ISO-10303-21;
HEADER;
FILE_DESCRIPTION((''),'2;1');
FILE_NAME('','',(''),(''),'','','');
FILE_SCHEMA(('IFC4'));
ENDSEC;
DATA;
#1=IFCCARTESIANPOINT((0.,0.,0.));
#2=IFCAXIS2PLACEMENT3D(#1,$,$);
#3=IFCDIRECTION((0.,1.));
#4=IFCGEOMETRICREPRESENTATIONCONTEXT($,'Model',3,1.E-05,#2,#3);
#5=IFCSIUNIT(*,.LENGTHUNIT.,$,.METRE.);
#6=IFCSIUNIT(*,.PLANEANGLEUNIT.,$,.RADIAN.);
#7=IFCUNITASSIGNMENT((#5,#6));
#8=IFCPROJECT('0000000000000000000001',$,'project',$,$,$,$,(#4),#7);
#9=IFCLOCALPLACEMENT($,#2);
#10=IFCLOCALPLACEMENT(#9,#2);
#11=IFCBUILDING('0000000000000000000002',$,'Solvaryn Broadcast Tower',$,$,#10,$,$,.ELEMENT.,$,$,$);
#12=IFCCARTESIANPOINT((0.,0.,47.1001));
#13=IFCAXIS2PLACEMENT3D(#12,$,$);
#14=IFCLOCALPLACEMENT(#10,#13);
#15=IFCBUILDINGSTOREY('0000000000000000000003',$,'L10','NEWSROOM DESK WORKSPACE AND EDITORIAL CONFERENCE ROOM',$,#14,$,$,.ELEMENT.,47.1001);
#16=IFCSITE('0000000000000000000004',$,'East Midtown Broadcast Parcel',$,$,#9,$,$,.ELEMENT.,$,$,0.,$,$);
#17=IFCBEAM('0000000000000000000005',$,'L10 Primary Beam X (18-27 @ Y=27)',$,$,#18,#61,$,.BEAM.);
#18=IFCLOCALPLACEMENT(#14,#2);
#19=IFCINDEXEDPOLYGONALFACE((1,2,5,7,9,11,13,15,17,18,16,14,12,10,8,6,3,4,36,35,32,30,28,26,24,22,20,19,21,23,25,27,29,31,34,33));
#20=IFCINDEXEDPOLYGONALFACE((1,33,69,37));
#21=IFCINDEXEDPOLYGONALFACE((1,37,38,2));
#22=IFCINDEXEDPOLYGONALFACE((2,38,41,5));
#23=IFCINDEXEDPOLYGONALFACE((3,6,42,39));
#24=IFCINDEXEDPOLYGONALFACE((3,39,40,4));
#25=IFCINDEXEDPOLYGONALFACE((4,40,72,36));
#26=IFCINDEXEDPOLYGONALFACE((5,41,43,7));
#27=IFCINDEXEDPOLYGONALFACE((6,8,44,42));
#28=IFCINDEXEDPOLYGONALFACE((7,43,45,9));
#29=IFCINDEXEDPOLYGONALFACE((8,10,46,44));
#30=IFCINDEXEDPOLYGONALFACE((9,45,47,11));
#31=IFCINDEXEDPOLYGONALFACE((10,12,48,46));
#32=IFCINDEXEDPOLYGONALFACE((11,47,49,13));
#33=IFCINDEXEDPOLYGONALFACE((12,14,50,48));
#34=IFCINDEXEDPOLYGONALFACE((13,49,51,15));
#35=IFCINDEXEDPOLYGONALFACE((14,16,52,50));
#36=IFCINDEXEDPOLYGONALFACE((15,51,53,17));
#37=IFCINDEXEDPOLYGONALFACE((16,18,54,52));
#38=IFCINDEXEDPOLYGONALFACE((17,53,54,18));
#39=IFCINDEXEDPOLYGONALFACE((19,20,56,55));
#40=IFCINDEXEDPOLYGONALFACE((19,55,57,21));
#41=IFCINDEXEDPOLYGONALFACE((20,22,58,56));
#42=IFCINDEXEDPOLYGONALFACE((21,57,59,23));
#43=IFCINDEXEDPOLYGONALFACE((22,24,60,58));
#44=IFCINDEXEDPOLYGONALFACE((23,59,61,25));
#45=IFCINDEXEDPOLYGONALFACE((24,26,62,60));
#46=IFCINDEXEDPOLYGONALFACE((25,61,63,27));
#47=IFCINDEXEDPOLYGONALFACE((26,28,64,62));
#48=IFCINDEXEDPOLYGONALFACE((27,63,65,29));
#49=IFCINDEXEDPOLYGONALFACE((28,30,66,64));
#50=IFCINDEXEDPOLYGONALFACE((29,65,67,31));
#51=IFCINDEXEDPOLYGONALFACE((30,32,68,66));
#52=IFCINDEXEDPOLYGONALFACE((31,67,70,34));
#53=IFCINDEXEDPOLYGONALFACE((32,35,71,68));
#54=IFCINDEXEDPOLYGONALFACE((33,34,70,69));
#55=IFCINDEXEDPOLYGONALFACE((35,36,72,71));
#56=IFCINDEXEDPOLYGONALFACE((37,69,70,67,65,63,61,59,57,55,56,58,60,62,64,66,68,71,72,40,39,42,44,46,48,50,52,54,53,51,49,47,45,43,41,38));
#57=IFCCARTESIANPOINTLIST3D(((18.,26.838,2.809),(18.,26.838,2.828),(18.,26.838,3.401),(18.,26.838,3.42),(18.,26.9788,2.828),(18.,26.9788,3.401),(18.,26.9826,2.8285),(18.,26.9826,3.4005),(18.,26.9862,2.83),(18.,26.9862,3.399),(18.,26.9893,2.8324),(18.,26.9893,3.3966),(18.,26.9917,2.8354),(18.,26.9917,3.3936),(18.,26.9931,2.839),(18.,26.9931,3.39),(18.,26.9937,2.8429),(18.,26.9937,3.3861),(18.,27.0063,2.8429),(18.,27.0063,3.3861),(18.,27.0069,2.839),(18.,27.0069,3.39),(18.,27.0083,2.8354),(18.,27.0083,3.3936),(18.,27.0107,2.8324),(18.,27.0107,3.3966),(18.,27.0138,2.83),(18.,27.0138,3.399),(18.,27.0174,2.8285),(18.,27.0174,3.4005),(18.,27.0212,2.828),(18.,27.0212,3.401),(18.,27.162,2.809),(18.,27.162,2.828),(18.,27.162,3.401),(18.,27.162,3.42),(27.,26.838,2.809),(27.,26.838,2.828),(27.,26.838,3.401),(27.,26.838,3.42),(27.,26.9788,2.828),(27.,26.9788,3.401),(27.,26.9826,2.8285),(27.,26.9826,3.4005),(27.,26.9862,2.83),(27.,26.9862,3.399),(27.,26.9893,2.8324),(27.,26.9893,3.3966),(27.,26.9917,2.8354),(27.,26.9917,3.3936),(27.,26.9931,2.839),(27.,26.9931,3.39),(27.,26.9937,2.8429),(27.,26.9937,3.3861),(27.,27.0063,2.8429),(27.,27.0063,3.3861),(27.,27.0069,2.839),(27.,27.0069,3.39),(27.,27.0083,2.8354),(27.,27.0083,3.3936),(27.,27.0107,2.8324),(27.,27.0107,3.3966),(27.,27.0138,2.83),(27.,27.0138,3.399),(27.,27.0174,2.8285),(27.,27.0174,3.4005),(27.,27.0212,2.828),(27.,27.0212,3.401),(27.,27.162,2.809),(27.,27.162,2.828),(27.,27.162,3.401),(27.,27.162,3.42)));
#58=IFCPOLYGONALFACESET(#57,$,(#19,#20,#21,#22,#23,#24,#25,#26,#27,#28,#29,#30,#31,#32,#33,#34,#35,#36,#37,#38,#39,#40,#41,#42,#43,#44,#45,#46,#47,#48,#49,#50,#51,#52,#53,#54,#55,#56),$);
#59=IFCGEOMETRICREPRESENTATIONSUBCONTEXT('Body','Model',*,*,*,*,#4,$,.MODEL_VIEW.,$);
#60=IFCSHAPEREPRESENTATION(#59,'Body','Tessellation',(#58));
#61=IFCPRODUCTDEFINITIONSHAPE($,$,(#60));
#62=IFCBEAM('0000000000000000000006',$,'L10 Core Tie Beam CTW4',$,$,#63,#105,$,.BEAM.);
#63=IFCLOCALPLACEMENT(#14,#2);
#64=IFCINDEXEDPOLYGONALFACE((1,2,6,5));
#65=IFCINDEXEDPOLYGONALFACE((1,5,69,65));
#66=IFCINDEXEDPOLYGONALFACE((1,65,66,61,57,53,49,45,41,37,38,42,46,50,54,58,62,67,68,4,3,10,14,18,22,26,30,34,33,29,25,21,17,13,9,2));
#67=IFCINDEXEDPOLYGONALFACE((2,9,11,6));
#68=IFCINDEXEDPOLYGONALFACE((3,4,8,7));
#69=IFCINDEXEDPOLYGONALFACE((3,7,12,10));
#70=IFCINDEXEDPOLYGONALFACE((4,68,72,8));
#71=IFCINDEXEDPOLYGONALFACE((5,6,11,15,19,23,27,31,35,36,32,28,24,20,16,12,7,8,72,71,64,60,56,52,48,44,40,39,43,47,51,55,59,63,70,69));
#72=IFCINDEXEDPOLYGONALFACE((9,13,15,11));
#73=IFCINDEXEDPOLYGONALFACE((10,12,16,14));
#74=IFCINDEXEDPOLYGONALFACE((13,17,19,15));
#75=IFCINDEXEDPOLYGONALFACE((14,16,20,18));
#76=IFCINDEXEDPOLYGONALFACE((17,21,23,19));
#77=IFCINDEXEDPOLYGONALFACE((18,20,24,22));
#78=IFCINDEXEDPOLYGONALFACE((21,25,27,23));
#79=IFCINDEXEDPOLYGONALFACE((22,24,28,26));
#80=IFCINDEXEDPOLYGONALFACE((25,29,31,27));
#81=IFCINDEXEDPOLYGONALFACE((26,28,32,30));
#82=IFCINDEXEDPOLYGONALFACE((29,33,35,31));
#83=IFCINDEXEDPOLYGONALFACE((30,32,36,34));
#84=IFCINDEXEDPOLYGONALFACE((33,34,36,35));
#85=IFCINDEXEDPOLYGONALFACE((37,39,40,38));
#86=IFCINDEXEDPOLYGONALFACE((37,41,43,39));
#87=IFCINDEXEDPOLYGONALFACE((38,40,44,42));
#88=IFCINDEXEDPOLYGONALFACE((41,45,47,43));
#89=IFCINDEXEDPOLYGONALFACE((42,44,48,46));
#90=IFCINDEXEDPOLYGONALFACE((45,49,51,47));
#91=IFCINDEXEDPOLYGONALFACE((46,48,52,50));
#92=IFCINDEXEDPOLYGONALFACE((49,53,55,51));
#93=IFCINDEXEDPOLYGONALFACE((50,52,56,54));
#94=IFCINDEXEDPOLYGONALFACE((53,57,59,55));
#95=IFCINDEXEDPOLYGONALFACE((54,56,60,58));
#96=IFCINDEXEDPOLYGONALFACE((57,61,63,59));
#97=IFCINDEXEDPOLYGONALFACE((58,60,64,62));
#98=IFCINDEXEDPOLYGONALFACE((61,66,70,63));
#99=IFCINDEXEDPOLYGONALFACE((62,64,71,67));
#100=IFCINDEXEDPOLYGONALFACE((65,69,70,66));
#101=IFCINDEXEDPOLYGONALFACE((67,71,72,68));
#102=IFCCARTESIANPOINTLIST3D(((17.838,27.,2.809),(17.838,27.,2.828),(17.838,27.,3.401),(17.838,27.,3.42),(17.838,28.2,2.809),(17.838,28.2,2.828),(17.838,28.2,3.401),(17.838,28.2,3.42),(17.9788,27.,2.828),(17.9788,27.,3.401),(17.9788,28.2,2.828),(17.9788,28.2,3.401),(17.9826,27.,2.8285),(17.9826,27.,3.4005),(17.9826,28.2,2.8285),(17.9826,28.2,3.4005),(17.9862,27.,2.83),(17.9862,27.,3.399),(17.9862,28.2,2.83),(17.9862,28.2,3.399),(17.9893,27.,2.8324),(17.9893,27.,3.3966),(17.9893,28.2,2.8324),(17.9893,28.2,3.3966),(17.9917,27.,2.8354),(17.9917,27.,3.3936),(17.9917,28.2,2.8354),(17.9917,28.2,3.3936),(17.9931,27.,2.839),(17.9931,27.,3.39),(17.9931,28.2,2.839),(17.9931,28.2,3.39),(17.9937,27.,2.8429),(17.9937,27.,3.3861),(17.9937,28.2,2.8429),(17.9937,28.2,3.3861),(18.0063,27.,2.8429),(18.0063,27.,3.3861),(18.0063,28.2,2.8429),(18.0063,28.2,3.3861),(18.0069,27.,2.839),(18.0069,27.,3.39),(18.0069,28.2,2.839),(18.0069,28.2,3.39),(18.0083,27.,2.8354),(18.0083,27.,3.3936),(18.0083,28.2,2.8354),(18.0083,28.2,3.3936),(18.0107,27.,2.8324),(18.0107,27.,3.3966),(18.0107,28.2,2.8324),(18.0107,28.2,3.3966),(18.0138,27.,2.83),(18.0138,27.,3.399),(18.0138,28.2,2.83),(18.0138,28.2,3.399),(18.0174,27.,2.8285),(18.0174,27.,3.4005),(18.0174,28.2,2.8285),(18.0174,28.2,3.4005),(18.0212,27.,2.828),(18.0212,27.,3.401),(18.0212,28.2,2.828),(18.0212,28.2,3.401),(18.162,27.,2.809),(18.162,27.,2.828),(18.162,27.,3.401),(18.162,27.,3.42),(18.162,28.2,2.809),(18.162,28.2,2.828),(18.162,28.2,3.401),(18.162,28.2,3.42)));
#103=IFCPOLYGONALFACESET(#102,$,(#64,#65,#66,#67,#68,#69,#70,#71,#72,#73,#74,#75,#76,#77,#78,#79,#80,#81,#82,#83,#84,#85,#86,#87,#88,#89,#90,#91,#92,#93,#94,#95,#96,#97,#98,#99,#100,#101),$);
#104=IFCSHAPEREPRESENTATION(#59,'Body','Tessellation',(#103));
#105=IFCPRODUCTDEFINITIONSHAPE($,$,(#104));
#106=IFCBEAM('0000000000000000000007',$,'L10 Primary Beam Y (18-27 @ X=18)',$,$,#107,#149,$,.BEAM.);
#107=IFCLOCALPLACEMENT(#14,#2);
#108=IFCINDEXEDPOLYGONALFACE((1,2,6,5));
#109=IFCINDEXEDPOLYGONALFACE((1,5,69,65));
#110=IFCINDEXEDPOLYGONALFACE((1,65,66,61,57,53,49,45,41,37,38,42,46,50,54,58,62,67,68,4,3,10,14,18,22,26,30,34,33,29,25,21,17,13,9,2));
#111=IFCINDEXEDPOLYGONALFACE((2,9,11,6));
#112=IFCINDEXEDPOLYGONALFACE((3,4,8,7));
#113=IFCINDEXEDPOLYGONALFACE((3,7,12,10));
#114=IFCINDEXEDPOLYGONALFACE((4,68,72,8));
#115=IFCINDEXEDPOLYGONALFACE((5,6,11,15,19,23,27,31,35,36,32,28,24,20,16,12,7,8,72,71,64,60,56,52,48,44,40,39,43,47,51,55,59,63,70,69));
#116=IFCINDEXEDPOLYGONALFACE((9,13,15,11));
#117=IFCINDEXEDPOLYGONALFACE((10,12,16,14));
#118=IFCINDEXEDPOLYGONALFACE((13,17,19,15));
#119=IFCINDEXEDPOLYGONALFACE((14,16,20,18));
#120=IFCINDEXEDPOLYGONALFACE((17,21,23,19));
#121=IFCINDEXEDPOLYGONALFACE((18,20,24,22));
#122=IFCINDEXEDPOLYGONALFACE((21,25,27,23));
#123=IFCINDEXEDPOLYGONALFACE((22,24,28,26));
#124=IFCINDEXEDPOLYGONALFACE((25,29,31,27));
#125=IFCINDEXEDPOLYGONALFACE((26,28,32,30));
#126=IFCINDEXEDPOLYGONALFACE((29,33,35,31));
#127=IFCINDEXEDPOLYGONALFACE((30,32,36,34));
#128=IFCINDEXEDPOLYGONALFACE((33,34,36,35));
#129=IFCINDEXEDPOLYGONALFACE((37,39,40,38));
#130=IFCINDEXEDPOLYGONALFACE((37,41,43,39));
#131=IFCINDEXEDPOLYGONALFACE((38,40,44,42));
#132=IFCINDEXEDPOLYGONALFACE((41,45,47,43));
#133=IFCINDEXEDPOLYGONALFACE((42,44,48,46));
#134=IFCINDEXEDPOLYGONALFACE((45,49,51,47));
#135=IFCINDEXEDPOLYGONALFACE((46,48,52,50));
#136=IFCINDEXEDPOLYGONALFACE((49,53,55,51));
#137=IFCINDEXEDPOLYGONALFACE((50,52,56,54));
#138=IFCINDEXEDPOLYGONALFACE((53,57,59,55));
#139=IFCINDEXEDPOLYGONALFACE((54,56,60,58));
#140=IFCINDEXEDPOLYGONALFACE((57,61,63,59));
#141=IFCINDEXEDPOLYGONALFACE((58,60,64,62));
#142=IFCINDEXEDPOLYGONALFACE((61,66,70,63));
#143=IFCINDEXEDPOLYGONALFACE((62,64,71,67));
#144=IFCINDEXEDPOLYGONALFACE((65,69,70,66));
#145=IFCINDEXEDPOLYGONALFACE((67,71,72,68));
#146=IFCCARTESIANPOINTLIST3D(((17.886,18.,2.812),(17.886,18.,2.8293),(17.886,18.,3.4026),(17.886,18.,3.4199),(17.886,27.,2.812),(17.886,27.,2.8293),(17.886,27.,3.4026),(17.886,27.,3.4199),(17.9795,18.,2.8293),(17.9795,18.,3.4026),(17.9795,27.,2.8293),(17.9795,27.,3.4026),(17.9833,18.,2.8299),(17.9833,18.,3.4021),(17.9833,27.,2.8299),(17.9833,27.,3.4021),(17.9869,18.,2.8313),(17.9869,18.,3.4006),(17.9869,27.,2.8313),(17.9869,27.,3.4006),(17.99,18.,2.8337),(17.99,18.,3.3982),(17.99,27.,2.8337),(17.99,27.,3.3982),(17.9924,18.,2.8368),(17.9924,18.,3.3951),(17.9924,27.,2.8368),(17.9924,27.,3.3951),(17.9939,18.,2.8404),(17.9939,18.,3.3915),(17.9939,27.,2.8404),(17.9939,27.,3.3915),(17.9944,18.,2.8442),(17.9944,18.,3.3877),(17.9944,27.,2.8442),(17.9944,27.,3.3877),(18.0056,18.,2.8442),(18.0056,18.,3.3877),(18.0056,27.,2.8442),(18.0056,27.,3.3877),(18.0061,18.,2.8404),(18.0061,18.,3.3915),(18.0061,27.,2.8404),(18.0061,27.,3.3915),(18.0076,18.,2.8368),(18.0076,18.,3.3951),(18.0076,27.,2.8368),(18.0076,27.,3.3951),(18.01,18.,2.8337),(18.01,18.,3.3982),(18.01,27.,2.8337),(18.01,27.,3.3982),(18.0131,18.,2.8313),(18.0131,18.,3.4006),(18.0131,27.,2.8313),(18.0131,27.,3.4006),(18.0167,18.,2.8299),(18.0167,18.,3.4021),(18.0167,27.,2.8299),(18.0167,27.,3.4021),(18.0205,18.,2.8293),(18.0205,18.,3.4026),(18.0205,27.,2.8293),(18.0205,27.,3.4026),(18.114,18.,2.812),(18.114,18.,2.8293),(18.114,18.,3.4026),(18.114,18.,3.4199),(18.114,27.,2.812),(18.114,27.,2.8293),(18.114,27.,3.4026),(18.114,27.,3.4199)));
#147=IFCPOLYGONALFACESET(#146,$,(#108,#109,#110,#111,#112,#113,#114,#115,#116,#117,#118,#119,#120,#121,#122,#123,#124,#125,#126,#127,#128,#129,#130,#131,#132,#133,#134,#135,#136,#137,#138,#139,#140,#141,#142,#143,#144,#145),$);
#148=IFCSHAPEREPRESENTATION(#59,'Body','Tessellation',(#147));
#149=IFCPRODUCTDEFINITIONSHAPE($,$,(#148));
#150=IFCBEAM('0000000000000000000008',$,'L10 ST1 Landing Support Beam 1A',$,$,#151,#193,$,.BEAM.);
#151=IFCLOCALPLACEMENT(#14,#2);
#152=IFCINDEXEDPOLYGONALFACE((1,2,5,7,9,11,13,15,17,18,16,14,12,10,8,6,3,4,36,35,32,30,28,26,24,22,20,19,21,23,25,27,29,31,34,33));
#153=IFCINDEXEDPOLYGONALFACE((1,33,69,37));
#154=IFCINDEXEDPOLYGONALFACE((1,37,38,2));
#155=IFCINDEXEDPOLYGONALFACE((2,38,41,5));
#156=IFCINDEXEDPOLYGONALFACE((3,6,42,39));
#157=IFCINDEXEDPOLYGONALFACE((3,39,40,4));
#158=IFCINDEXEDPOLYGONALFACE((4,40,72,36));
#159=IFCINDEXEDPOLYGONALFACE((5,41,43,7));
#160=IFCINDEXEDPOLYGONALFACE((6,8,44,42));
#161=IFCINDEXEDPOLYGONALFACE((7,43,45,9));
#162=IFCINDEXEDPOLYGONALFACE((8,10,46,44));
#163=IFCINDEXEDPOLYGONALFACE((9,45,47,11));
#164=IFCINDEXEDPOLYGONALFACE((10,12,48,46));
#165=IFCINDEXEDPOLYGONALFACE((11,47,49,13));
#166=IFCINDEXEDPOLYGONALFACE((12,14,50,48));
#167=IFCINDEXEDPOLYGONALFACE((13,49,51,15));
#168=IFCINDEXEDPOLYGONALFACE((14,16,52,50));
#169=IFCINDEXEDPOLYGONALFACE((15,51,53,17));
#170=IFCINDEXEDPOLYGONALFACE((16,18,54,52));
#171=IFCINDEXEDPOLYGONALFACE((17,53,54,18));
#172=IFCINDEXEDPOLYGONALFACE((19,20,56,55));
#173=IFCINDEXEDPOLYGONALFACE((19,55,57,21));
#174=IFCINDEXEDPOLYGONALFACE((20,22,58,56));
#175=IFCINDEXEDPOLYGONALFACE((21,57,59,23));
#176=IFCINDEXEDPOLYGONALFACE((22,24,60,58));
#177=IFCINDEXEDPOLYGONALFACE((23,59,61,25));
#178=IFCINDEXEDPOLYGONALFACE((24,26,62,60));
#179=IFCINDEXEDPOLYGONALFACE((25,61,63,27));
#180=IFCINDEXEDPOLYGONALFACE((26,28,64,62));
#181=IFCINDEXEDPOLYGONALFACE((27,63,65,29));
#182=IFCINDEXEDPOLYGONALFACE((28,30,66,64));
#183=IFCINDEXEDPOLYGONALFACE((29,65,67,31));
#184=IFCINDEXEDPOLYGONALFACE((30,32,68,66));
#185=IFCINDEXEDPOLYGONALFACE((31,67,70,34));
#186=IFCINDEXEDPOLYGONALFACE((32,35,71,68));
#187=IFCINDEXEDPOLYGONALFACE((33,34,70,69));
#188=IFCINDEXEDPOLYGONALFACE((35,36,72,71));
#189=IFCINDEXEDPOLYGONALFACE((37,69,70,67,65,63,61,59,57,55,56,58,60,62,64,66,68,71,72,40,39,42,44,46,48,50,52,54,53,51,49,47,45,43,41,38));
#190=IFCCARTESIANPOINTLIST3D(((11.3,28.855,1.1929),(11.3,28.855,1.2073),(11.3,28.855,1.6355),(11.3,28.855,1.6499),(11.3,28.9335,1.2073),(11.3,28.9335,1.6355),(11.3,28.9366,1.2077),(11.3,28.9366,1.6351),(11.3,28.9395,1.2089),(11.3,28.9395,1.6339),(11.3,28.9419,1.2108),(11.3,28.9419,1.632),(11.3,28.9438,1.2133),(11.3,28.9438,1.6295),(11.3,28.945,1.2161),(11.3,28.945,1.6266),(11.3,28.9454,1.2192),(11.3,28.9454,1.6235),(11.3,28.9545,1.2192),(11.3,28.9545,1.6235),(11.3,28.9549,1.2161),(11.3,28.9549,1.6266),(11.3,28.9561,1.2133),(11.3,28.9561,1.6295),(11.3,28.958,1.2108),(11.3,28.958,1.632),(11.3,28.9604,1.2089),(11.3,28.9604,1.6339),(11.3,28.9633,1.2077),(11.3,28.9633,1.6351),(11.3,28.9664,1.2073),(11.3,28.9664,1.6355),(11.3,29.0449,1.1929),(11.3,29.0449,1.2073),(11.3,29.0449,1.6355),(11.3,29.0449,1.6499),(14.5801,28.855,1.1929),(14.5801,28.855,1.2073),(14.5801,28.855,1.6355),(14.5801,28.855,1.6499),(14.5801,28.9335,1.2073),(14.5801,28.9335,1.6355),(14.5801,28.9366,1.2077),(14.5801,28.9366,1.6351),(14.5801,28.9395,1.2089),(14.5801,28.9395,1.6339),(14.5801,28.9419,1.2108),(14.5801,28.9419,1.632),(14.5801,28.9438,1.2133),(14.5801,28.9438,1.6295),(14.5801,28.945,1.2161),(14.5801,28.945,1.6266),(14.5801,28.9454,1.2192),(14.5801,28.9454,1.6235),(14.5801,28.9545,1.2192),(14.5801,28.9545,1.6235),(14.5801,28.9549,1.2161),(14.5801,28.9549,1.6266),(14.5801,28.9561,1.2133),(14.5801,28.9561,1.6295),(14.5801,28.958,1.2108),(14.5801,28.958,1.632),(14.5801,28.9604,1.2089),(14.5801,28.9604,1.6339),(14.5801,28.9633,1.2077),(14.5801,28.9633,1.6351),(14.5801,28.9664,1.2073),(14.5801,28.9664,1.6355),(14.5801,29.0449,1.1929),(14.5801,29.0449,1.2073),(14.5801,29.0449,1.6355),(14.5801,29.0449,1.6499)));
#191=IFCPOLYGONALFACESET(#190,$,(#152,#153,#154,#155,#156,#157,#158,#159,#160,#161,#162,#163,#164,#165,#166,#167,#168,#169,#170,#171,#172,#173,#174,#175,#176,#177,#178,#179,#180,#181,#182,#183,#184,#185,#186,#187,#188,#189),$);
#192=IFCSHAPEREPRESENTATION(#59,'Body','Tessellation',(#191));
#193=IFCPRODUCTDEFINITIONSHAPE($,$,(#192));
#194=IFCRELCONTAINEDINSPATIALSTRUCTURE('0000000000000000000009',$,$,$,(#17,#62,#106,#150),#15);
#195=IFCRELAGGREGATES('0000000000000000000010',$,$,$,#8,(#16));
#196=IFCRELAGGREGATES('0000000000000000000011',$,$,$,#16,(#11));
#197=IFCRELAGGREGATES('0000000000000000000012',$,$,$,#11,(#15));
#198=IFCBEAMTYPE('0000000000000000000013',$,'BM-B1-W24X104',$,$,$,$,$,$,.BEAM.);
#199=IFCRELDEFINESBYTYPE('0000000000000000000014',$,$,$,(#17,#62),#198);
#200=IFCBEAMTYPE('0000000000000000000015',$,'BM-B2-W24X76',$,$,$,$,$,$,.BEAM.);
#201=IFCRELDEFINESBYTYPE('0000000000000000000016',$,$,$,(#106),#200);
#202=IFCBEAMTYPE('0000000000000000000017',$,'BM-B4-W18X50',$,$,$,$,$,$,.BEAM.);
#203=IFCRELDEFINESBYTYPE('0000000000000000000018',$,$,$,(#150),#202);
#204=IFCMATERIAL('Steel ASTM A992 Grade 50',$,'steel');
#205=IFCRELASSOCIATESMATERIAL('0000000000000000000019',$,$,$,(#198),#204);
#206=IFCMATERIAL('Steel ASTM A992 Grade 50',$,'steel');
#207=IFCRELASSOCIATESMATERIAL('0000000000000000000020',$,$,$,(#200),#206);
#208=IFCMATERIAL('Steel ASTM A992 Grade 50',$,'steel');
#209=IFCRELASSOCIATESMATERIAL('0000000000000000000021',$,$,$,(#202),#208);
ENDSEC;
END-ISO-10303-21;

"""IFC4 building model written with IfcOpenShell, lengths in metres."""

from ifc_helpers import new_model, si_unit, direction, frame, origin, origin_2d, place, context, subcontext, project, spatial, i_section, extrude, material, material_profile, profile_set, type_object, element, save


model = new_model("IFC4")

# Units and contexts
model_context = context("Model", 3, precision=1e-05, world=origin(), true_north=direction((0.0, 1.0)))
body_context = subcontext(model_context, "Body", "Model", "MODEL_VIEW")
ifc_project = project(units=[si_unit("LENGTHUNIT", "METRE"), si_unit("PLANEANGLEUNIT", "RADIAN")], contexts=[model_context])

# Site, building, storey
site_placement = place(None, origin())
site = spatial("IfcSite", under=ifc_project, at=site_placement, Name="East Midtown Broadcast Parcel", CompositionType="ELEMENT", RefElevation=0.0)
building_placement = place(site_placement, origin())
building = spatial("IfcBuilding", under=site, at=building_placement, Name="Solvaryn Broadcast Tower", CompositionType="ELEMENT")
storey_placement = place(building_placement, frame((0.0, 0.0, 47.1001)))
storey = spatial("IfcBuildingStorey", under=building, at=storey_placement, Name="L10", Description="NEWSROOM DESK WORKSPACE AND EDITORIAL CONFERENCE ROOM", CompositionType="ELEMENT", Elevation=47.1001)

# Beams
ifc_material_1 = material(Name="Steel ASTM A992 Grade 50", Category="steel")
ifc_material_profile_1 = material_profile(ifc_material_1, i_section(OverallWidth=0.324, OverallDepth=0.6111, WebThickness=0.0127, FlangeThickness=0.019, FilletRadius=0.0149, at=origin_2d()))
ifc_profile_set_1 = profile_set([ifc_material_profile_1], Name="Steel ASTM A992 Grade 50")
beam_type_1 = type_object("IfcBeamType", Name="BM-B1-W24X104", PredefinedType="BEAM", material=ifc_profile_set_1)
for number, where, z_axis, x_axis, name in (
    (1, (18.0, 27.0, 3.1145), (1.0, 0.0, 0.0), (0.0, 1.0, 0.0), "L10 Primary Beam X (18-27 @ Y=27)"),
):
    element("IfcBeam", number, at=place(storey_placement, frame(where, z_axis=z_axis, x_axis=x_axis)), inside=storey, type_object=beam_type_1, Name=name, PredefinedType="BEAM", context=body_context, shape_type="SweptSolid", body=[
        extrude(i_section(OverallWidth=0.324, OverallDepth=0.6111, WebThickness=0.0127, FlangeThickness=0.019, FilletRadius=0.0149, at=origin_2d()), origin(), (0.0, 0.0, 1.0), 9.0),
    ])
beam_1_placement = place(storey_placement, frame((18.0, 27.0, 3.1145), z_axis=(0.0, 1.0, 0.0), x_axis=(-1.0, 0.0, 0.0)))
element("IfcBeam", 2, at=beam_1_placement, inside=storey, type_object=beam_type_1, Name="L10 Core Tie Beam CTW4", PredefinedType="BEAM", context=body_context, shape_type="SweptSolid", body=[
    extrude(i_section(OverallWidth=0.324, OverallDepth=0.6111, WebThickness=0.0127, FlangeThickness=0.019, FilletRadius=0.0149, at=origin_2d()), origin(), (0.0, 0.0, 1.0), 1.2),
])
ifc_material_2 = material(Name="Steel ASTM A992 Grade 50", Category="steel")
ifc_material_profile_2 = material_profile(ifc_material_2, i_section(OverallWidth=0.228, OverallDepth=0.6079, WebThickness=0.0112, FlangeThickness=0.0173, FilletRadius=0.0149, at=origin_2d()))
ifc_profile_set_2 = profile_set([ifc_material_profile_2], Name="Steel ASTM A992 Grade 50")
beam_type_2 = type_object("IfcBeamType", Name="BM-B2-W24X76", PredefinedType="BEAM", material=ifc_profile_set_2)
beam_2_placement = place(storey_placement, frame((18.0, 18.0, 3.116), z_axis=(0.0, 1.0, 0.0), x_axis=(-1.0, 0.0, 0.0)))
element("IfcBeam", 3, at=beam_2_placement, inside=storey, type_object=beam_type_2, Name="L10 Primary Beam Y (18-27 @ X=18)", PredefinedType="BEAM", context=body_context, shape_type="SweptSolid", body=[
    extrude(i_section(OverallWidth=0.228, OverallDepth=0.6079, WebThickness=0.0112, FlangeThickness=0.0173, FilletRadius=0.0149, at=origin_2d()), origin(), (0.0, 0.0, 1.0), 9.0),
])
ifc_material_3 = material(Name="Steel ASTM A992 Grade 50", Category="steel")
ifc_material_profile_3 = material_profile(ifc_material_3, i_section(OverallWidth=0.1899, OverallDepth=0.457, WebThickness=0.009, FlangeThickness=0.0144, FilletRadius=0.012, at=origin_2d()))
ifc_profile_set_3 = profile_set([ifc_material_profile_3], Name="Steel ASTM A992 Grade 50")
beam_type_3 = type_object("IfcBeamType", Name="BM-B4-W18X50", PredefinedType="BEAM", material=ifc_profile_set_3)
beam_3_placement = place(storey_placement, frame((11.3, 28.95, 1.4214), z_axis=(1.0, 0.0, 0.0), x_axis=(0.0, 1.0, 0.0)))
element("IfcBeam", 4, at=beam_3_placement, inside=storey, type_object=beam_type_3, Name="L10 ST1 Landing Support Beam 1A", PredefinedType="BEAM", context=body_context, shape_type="SweptSolid", body=[
    extrude(i_section(OverallWidth=0.1899, OverallDepth=0.457, WebThickness=0.009, FlangeThickness=0.0144, FilletRadius=0.012, at=origin_2d()), origin(), (0.0, 0.0, 1.0), 3.28),
])

save(model, "model.ifc")
